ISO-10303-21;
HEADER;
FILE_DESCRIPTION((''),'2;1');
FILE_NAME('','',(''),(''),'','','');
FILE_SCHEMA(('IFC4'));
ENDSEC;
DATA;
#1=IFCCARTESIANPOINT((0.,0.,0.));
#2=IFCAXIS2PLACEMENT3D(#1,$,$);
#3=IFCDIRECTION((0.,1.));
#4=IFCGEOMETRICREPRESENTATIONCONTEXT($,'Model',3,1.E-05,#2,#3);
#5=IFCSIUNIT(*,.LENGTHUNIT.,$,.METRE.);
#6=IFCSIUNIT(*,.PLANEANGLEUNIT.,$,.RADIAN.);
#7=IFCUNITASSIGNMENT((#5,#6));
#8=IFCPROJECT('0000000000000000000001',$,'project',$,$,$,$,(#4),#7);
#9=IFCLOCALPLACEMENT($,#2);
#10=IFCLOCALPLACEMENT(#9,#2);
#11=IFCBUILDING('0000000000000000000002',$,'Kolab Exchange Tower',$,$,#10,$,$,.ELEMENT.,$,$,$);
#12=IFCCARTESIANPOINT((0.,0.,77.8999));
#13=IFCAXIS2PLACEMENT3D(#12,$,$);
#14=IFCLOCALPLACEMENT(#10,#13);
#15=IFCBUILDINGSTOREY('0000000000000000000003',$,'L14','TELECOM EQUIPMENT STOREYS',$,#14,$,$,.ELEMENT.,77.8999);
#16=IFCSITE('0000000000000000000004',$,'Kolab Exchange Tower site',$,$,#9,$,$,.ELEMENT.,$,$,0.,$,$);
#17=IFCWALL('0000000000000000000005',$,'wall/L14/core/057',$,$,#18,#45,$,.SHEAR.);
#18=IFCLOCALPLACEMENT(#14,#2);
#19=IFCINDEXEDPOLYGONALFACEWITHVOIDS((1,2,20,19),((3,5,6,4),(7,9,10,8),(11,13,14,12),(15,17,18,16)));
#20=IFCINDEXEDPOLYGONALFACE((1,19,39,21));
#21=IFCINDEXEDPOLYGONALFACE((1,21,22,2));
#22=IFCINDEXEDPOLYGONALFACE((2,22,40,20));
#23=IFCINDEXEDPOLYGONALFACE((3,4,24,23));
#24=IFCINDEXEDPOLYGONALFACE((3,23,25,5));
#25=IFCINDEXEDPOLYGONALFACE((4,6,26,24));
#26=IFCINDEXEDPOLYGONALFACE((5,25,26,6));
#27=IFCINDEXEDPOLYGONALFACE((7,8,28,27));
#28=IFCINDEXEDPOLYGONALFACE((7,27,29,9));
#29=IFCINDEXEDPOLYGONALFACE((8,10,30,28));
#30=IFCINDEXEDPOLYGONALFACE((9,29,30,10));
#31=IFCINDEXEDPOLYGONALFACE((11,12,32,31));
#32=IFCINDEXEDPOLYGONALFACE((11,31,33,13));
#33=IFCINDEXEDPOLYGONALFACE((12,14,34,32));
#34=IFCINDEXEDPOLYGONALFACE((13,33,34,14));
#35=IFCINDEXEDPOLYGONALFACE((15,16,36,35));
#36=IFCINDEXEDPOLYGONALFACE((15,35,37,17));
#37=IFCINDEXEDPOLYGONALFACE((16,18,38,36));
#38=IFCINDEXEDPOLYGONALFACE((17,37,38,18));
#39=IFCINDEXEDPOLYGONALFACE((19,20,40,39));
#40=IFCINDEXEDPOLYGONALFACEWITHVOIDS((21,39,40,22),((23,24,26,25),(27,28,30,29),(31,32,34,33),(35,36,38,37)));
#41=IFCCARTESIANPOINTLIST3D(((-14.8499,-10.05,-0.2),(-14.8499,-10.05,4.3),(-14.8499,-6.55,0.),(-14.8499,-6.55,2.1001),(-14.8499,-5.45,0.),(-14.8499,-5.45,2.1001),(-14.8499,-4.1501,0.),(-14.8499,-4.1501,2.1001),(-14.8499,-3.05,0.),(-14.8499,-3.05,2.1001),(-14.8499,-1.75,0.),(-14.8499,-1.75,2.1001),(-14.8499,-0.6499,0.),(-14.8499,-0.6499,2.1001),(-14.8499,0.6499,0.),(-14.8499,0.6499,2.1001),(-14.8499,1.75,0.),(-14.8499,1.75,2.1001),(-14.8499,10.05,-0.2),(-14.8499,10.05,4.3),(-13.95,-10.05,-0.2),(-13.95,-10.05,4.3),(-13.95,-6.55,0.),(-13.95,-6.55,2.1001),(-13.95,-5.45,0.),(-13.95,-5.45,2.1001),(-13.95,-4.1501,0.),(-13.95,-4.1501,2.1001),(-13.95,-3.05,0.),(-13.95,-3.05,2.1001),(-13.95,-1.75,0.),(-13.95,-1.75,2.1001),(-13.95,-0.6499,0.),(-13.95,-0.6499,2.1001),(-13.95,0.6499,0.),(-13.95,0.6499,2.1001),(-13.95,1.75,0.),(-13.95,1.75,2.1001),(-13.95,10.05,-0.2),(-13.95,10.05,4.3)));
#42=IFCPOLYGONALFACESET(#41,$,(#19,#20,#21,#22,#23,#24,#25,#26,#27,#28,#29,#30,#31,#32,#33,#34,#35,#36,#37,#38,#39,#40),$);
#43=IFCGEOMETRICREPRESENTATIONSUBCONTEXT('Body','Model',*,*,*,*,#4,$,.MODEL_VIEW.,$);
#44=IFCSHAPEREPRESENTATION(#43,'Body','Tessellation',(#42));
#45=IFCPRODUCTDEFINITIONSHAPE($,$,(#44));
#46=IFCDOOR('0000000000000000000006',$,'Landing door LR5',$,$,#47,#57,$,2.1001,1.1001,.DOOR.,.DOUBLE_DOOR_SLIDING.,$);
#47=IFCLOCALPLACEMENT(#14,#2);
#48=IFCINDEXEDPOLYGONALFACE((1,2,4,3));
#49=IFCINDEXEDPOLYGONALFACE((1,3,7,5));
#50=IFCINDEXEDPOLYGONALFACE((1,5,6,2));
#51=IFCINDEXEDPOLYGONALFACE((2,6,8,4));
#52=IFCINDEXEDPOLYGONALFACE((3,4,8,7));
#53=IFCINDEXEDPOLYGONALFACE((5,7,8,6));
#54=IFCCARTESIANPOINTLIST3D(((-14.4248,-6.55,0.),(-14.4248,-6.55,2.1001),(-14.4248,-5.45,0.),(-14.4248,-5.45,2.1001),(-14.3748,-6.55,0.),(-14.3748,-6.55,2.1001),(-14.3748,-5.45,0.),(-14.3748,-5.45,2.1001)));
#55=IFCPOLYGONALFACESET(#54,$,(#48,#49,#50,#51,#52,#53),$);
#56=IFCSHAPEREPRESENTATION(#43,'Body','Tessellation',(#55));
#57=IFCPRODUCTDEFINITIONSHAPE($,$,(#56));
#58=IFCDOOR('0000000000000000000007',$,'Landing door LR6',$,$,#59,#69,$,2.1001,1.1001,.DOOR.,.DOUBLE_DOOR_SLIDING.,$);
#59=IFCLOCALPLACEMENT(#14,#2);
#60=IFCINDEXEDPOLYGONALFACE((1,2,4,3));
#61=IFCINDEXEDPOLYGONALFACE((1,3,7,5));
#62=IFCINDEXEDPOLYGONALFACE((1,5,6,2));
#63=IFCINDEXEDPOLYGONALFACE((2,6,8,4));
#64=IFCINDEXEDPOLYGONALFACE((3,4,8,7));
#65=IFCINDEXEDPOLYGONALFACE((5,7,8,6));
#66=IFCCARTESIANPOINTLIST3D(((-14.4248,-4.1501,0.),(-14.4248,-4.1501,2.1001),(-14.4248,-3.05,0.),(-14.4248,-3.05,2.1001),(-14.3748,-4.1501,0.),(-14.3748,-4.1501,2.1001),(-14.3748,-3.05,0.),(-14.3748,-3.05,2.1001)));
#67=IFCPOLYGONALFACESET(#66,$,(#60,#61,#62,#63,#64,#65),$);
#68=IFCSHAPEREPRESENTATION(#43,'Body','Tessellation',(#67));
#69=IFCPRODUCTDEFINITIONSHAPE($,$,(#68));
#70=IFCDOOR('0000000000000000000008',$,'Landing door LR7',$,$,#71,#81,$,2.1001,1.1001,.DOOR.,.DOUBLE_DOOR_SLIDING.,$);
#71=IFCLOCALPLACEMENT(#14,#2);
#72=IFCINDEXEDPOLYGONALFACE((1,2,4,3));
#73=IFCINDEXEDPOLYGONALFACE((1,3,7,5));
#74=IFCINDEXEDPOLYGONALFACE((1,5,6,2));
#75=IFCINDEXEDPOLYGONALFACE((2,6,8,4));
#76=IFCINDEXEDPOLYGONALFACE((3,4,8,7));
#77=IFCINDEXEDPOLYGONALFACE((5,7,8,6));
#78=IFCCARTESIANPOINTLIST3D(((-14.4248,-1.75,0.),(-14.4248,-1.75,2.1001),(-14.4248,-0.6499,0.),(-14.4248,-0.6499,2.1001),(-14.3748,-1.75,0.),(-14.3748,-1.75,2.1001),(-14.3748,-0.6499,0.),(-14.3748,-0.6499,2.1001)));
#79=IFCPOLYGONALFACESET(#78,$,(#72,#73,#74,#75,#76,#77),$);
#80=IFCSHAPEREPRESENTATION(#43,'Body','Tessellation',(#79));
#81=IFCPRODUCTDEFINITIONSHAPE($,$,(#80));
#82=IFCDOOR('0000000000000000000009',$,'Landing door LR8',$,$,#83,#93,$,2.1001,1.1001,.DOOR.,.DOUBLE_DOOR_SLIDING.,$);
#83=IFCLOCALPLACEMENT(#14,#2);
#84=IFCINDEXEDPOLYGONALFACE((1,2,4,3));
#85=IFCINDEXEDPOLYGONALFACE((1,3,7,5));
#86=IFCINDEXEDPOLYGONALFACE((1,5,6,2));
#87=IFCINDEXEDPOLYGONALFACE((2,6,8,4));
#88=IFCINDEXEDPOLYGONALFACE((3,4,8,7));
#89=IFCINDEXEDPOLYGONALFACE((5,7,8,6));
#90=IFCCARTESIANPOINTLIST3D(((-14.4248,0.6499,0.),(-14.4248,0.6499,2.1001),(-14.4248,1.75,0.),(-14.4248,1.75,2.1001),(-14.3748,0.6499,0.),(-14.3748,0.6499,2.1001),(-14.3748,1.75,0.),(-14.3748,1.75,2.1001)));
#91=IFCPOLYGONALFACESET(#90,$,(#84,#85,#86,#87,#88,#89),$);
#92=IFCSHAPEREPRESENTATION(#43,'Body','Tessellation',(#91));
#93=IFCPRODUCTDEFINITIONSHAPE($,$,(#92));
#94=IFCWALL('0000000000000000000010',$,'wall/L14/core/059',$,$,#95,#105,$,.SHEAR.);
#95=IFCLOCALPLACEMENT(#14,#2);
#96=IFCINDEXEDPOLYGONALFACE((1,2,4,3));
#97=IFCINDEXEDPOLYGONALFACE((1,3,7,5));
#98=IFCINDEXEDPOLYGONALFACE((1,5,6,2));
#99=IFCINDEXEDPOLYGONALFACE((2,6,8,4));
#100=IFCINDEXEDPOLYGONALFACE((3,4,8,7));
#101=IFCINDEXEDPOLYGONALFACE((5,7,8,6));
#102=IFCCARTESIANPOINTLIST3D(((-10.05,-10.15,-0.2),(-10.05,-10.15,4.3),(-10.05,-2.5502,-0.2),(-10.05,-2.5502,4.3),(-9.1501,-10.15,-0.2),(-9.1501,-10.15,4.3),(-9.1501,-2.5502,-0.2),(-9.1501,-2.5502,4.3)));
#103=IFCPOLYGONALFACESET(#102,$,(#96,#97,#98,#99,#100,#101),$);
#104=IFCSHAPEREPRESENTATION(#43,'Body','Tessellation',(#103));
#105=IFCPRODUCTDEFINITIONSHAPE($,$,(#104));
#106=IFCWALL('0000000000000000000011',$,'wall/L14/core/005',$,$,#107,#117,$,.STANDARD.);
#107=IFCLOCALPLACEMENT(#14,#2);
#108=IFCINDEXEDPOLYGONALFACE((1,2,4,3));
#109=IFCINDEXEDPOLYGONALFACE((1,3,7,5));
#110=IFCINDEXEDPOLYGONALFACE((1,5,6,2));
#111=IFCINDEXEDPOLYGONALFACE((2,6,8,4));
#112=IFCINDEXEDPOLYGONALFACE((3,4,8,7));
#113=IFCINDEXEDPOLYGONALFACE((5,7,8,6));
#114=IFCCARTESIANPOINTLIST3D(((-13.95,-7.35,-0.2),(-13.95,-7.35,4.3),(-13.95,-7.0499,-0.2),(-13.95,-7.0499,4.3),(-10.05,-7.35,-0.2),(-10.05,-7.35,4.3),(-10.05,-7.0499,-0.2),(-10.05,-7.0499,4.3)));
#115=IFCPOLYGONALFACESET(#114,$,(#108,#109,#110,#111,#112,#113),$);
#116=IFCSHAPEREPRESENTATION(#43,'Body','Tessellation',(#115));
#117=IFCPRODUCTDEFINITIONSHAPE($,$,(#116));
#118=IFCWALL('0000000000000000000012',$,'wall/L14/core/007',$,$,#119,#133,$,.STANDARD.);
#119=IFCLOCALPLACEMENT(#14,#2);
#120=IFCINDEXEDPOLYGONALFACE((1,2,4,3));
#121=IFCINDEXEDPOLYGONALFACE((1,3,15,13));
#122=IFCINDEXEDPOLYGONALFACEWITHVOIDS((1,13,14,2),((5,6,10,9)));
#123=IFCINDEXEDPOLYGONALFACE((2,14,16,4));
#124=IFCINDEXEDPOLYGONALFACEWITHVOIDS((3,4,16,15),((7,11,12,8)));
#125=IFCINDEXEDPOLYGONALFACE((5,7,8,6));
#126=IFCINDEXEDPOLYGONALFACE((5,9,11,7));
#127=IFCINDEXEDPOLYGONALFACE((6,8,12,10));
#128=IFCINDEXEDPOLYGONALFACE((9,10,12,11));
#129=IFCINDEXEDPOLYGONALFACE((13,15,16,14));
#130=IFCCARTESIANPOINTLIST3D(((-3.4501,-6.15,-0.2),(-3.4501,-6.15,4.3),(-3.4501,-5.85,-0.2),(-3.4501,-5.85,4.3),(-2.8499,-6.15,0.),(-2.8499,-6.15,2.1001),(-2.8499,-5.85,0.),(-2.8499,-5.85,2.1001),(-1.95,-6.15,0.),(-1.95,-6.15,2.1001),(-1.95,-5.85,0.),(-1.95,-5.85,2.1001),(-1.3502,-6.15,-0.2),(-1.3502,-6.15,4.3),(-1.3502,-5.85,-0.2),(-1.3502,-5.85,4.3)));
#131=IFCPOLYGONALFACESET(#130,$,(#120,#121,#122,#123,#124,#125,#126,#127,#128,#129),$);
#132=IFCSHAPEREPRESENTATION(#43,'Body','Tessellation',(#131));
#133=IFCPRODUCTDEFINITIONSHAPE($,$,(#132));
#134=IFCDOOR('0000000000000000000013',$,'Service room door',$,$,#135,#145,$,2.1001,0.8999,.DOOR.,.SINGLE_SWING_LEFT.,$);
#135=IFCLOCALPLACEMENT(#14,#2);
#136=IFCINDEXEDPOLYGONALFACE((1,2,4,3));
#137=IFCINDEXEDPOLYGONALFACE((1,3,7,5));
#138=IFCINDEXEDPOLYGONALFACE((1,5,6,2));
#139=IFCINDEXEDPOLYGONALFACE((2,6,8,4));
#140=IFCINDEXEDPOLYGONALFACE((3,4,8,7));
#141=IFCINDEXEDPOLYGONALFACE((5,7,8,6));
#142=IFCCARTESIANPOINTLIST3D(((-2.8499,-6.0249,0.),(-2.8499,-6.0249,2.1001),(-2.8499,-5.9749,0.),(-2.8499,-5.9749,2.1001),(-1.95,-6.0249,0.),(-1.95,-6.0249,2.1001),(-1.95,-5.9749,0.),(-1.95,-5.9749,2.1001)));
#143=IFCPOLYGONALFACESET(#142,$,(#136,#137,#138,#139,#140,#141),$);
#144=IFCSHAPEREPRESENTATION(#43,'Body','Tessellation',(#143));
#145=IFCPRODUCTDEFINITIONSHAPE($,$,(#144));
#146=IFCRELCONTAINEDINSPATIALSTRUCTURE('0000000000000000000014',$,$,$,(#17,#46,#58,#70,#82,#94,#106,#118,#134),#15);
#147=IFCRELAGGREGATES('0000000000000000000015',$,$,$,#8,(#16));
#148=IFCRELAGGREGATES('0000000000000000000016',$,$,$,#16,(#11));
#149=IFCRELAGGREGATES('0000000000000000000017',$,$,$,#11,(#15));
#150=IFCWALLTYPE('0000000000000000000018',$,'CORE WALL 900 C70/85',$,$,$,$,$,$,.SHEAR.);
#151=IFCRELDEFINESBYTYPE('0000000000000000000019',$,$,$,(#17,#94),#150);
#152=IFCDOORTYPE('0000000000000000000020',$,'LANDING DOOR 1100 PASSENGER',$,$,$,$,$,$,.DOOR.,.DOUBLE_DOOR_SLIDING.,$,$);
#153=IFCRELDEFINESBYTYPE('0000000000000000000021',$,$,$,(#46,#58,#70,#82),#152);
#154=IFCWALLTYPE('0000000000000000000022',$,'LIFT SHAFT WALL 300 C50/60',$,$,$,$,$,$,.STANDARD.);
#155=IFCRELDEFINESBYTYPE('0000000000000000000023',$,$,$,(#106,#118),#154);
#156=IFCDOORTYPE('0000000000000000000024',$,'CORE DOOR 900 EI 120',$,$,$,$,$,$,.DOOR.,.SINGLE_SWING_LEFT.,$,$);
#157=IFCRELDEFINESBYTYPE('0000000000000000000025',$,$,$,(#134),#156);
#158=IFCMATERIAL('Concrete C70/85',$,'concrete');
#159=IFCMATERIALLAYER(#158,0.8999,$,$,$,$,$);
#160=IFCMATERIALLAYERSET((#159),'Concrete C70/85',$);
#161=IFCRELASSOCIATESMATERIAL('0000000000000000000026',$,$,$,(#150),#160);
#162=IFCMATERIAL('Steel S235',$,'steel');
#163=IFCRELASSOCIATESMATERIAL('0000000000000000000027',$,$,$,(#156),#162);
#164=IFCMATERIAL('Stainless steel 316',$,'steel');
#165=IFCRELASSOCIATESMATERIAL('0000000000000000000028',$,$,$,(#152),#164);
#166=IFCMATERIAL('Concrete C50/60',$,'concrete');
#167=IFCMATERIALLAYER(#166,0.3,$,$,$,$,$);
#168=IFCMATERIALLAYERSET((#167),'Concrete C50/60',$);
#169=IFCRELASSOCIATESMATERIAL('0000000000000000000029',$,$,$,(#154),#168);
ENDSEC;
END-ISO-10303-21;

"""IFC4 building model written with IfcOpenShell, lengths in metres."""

from ifc_helpers import new_model, si_unit, direction, frame, frame_2d, origin, place, context, subcontext, project, spatial, rectangle, extrude, material, layer, layer_set, type_object, element, fill, save


model = new_model("IFC4")

# Units and contexts
model_context = context("Model", 3, precision=1e-05, world=origin(), true_north=direction((0.0, 1.0)))
body_context = subcontext(model_context, "Body", "Model", "MODEL_VIEW")
ifc_project = project(units=[si_unit("LENGTHUNIT", "METRE"), si_unit("PLANEANGLEUNIT", "RADIAN")], contexts=[model_context])

# Site, building, storey
site_placement = place(None, origin())
site = spatial("IfcSite", under=ifc_project, at=site_placement, Name="Kolab Exchange Tower site", CompositionType="ELEMENT", RefElevation=0.0)
building_placement = place(site_placement, origin())
building = spatial("IfcBuilding", under=site, at=building_placement, Name="Kolab Exchange Tower", CompositionType="ELEMENT")
storey_placement = place(building_placement, frame((0.0, 0.0, 77.8999)))
storey = spatial("IfcBuildingStorey", under=building, at=storey_placement, Name="L14", Description="TELECOM EQUIPMENT STOREYS", CompositionType="ELEMENT", Elevation=77.8999)

# Shared definitions
ifc_material_1 = material(Name="Concrete C70/85", Category="concrete")
ifc_layer_1 = layer(ifc_material_1, 0.8999)
ifc_layer_set_1 = layer_set([ifc_layer_1], Name="Concrete C70/85")
wall_type_1 = type_object("IfcWallType", Name="CORE WALL 900 C70/85", PredefinedType="SHEAR", material=ifc_layer_set_1)
ifc_material_2 = material(Name="Steel S235", Category="steel")
door_type_1 = type_object("IfcDoorType", Name="CORE DOOR 900 EI 120", OperationType="SINGLE_SWING_LEFT", PredefinedType="DOOR", material=ifc_material_2)

# Wall, openings, doors
wall_1_placement = place(storey_placement, frame((-14.3999, -10.05, -0.2), z_axis=(0.0, 0.0, 1.0), x_axis=(0.0, 1.0, 0.0)))
wall_1 = element("IfcWall", 1, at=wall_1_placement, inside=storey, type_object=wall_type_1, Name="wall/L14/core/057", PredefinedType="SHEAR", context=body_context, shape_type="SweptSolid", body=[
    extrude(rectangle(XDim=20.1001, YDim=0.8999, at=frame_2d((10.05, 0.0))), origin(), (0.0, 0.0, 1.0), 4.5),
])
opening_1_placement = place(wall_1_placement, frame((3.5, 0.0, 0.2)))
opening_1 = element("IfcOpeningElement", 2, at=opening_1_placement, cuts=wall_1, PredefinedType="OPENING", context=body_context, shape_type="SweptSolid", body=[
    extrude(rectangle(XDim=1.1001, YDim=2.1001, at=frame_2d((0.55, 1.05))), frame((0.0, 0.46, 0.0), z_axis=(0.0, -1.0, 0.0), x_axis=(1.0, 0.0, 0.0)), (0.0, 0.0, 1.0), 0.9199),
])
opening_2_placement = place(wall_1_placement, frame((5.8999, 0.0, 0.2)))
opening_2 = element("IfcOpeningElement", 3, at=opening_2_placement, cuts=wall_1, PredefinedType="OPENING", context=body_context, shape_type="SweptSolid", body=[
    extrude(rectangle(XDim=1.1001, YDim=2.1001, at=frame_2d((0.55, 1.05))), frame((0.0, 0.46, 0.0), z_axis=(0.0, -1.0, 0.0), x_axis=(1.0, 0.0, 0.0)), (0.0, 0.0, 1.0), 0.9199),
])
opening_3_placement = place(wall_1_placement, frame((8.3, 0.0, 0.2)))
opening_3 = element("IfcOpeningElement", 4, at=opening_3_placement, cuts=wall_1, PredefinedType="OPENING", context=body_context, shape_type="SweptSolid", body=[
    extrude(rectangle(XDim=1.1001, YDim=2.1001, at=frame_2d((0.55, 1.05))), frame((0.0, 0.46, 0.0), z_axis=(0.0, -1.0, 0.0), x_axis=(1.0, 0.0, 0.0)), (0.0, 0.0, 1.0), 0.9199),
])
opening_4_placement = place(wall_1_placement, frame((10.7, 0.0, 0.2)))
opening_4 = element("IfcOpeningElement", 5, at=opening_4_placement, cuts=wall_1, PredefinedType="OPENING", context=body_context, shape_type="SweptSolid", body=[
    extrude(rectangle(XDim=1.1001, YDim=2.1001, at=frame_2d((0.55, 1.05))), frame((0.0, 0.46, 0.0), z_axis=(0.0, -1.0, 0.0), x_axis=(1.0, 0.0, 0.0)), (0.0, 0.0, 1.0), 0.9199),
])
ifc_material_3 = material(Name="Stainless steel 316", Category="steel")
door_type_2 = type_object("IfcDoorType", Name="LANDING DOOR 1100 PASSENGER", OperationType="DOUBLE_DOOR_SLIDING", PredefinedType="DOOR", material=ifc_material_3)
door_1_placement = place(opening_1_placement, origin())
door_1 = element("IfcDoor", 6, at=door_1_placement, inside=storey, type_object=door_type_2, Name="Landing door LR5", OperationType="DOUBLE_DOOR_SLIDING", OverallHeight=2.1001, OverallWidth=1.1001, PredefinedType="DOOR", context=body_context, shape_type="SweptSolid", body=[
    extrude(rectangle(XDim=1.1001, YDim=2.1001, at=frame_2d((0.55, 1.05))), frame((0.0, 0.0249, 0.0), z_axis=(0.0, -1.0, 0.0), x_axis=(1.0, 0.0, 0.0)), (0.0, 0.0, 1.0), 0.05),
])
fill(opening_1, door_1)
door_2_placement = place(opening_2_placement, origin())
door_2 = element("IfcDoor", 7, at=door_2_placement, inside=storey, type_object=door_type_2, Name="Landing door LR6", OperationType="DOUBLE_DOOR_SLIDING", OverallHeight=2.1001, OverallWidth=1.1001, PredefinedType="DOOR", context=body_context, shape_type="SweptSolid", body=[
    extrude(rectangle(XDim=1.1001, YDim=2.1001, at=frame_2d((0.55, 1.05))), frame((0.0, 0.0249, 0.0), z_axis=(0.0, -1.0, 0.0), x_axis=(1.0, 0.0, 0.0)), (0.0, 0.0, 1.0), 0.05),
])
fill(opening_2, door_2)
door_3_placement = place(opening_3_placement, origin())
door_3 = element("IfcDoor", 8, at=door_3_placement, inside=storey, type_object=door_type_2, Name="Landing door LR7", OperationType="DOUBLE_DOOR_SLIDING", OverallHeight=2.1001, OverallWidth=1.1001, PredefinedType="DOOR", context=body_context, shape_type="SweptSolid", body=[
    extrude(rectangle(XDim=1.1001, YDim=2.1001, at=frame_2d((0.55, 1.05))), frame((0.0, 0.0249, 0.0), z_axis=(0.0, -1.0, 0.0), x_axis=(1.0, 0.0, 0.0)), (0.0, 0.0, 1.0), 0.05),
])
fill(opening_3, door_3)
door_4_placement = place(opening_4_placement, origin())
door_4 = element("IfcDoor", 9, at=door_4_placement, inside=storey, type_object=door_type_2, Name="Landing door LR8", OperationType="DOUBLE_DOOR_SLIDING", OverallHeight=2.1001, OverallWidth=1.1001, PredefinedType="DOOR", context=body_context, shape_type="SweptSolid", body=[
    extrude(rectangle(XDim=1.1001, YDim=2.1001, at=frame_2d((0.55, 1.05))), frame((0.0, 0.0249, 0.0), z_axis=(0.0, -1.0, 0.0), x_axis=(1.0, 0.0, 0.0)), (0.0, 0.0, 1.0), 0.05),
])
fill(opening_4, door_4)

# Walls
wall_2_placement = place(storey_placement, frame((-9.6001, -10.1499, -0.2), z_axis=(0.0, 0.0, 1.0), x_axis=(0.0, 1.0, 0.0)))
element("IfcWall", 10, at=wall_2_placement, inside=storey, type_object=wall_type_1, Name="wall/L14/core/059", PredefinedType="SHEAR", context=body_context, shape_type="SweptSolid", body=[
    extrude(rectangle(XDim=7.5999, YDim=0.8999, at=frame_2d((3.7998, 0.0))), origin(), (0.0, 0.0, 1.0), 4.5),
])
ifc_material_4 = material(Name="Concrete C50/60", Category="concrete")
ifc_layer_2 = layer(ifc_material_4, 0.3)
ifc_layer_set_2 = layer_set([ifc_layer_2], Name="Concrete C50/60")
wall_type_2 = type_object("IfcWallType", Name="LIFT SHAFT WALL 300 C50/60", PredefinedType="STANDARD", material=ifc_layer_set_2)
wall_3_placement = place(storey_placement, frame((-13.95, -7.2, -0.2), z_axis=(0.0, 0.0, 1.0), x_axis=(1.0, 0.0, 0.0)))
element("IfcWall", 11, at=wall_3_placement, inside=storey, type_object=wall_type_2, Name="wall/L14/core/005", PredefinedType="STANDARD", context=body_context, shape_type="SweptSolid", body=[
    extrude(rectangle(XDim=3.8999, YDim=0.3, at=frame_2d((1.95, 0.0))), origin(), (0.0, 0.0, 1.0), 4.5),
])

# Wall, opening, door
wall_4_placement = place(storey_placement, frame((-3.45, -6.0, -0.2), z_axis=(0.0, 0.0, 1.0), x_axis=(1.0, 0.0, 0.0)))
wall_4 = element("IfcWall", 12, at=wall_4_placement, inside=storey, type_object=wall_type_2, Name="wall/L14/core/007", PredefinedType="STANDARD", context=body_context, shape_type="SweptSolid", body=[
    extrude(rectangle(XDim=2.0999, YDim=0.3, at=frame_2d((1.0498, 0.0))), origin(), (0.0, 0.0, 1.0), 4.5),
])
opening_5_placement = place(wall_4_placement, frame((0.6001, 0.0, 0.2)))
opening_5 = element("IfcOpeningElement", 13, at=opening_5_placement, cuts=wall_4, PredefinedType="OPENING", context=body_context, shape_type="SweptSolid", body=[
    extrude(rectangle(XDim=0.8999, YDim=2.1001, at=frame_2d((0.45, 1.05))), frame((0.0, 0.1602, 0.0), z_axis=(0.0, -1.0, 0.0), x_axis=(1.0, 0.0, 0.0)), (0.0, 0.0, 1.0), 0.3201),
])
door_5_placement = place(opening_5_placement, frame((0.8999, 0.0, 0.0), z_axis=(0.0, 0.0, 1.0), x_axis=(-1.0, 0.0, 0.0)))
door_5 = element("IfcDoor", 14, at=door_5_placement, inside=storey, type_object=door_type_1, Name="Service room door", OperationType="SINGLE_SWING_LEFT", OverallHeight=2.1001, OverallWidth=0.8999, PredefinedType="DOOR", context=body_context, shape_type="SweptSolid", body=[
    extrude(rectangle(XDim=0.8999, YDim=2.1001, at=frame_2d((0.45, 1.05))), frame((0.0, 0.0249, 0.0), z_axis=(0.0, -1.0, 0.0), x_axis=(1.0, 0.0, 0.0)), (0.0, 0.0, 1.0), 0.05),
])
fill(opening_5, door_5)

save(model, "model.ifc")
